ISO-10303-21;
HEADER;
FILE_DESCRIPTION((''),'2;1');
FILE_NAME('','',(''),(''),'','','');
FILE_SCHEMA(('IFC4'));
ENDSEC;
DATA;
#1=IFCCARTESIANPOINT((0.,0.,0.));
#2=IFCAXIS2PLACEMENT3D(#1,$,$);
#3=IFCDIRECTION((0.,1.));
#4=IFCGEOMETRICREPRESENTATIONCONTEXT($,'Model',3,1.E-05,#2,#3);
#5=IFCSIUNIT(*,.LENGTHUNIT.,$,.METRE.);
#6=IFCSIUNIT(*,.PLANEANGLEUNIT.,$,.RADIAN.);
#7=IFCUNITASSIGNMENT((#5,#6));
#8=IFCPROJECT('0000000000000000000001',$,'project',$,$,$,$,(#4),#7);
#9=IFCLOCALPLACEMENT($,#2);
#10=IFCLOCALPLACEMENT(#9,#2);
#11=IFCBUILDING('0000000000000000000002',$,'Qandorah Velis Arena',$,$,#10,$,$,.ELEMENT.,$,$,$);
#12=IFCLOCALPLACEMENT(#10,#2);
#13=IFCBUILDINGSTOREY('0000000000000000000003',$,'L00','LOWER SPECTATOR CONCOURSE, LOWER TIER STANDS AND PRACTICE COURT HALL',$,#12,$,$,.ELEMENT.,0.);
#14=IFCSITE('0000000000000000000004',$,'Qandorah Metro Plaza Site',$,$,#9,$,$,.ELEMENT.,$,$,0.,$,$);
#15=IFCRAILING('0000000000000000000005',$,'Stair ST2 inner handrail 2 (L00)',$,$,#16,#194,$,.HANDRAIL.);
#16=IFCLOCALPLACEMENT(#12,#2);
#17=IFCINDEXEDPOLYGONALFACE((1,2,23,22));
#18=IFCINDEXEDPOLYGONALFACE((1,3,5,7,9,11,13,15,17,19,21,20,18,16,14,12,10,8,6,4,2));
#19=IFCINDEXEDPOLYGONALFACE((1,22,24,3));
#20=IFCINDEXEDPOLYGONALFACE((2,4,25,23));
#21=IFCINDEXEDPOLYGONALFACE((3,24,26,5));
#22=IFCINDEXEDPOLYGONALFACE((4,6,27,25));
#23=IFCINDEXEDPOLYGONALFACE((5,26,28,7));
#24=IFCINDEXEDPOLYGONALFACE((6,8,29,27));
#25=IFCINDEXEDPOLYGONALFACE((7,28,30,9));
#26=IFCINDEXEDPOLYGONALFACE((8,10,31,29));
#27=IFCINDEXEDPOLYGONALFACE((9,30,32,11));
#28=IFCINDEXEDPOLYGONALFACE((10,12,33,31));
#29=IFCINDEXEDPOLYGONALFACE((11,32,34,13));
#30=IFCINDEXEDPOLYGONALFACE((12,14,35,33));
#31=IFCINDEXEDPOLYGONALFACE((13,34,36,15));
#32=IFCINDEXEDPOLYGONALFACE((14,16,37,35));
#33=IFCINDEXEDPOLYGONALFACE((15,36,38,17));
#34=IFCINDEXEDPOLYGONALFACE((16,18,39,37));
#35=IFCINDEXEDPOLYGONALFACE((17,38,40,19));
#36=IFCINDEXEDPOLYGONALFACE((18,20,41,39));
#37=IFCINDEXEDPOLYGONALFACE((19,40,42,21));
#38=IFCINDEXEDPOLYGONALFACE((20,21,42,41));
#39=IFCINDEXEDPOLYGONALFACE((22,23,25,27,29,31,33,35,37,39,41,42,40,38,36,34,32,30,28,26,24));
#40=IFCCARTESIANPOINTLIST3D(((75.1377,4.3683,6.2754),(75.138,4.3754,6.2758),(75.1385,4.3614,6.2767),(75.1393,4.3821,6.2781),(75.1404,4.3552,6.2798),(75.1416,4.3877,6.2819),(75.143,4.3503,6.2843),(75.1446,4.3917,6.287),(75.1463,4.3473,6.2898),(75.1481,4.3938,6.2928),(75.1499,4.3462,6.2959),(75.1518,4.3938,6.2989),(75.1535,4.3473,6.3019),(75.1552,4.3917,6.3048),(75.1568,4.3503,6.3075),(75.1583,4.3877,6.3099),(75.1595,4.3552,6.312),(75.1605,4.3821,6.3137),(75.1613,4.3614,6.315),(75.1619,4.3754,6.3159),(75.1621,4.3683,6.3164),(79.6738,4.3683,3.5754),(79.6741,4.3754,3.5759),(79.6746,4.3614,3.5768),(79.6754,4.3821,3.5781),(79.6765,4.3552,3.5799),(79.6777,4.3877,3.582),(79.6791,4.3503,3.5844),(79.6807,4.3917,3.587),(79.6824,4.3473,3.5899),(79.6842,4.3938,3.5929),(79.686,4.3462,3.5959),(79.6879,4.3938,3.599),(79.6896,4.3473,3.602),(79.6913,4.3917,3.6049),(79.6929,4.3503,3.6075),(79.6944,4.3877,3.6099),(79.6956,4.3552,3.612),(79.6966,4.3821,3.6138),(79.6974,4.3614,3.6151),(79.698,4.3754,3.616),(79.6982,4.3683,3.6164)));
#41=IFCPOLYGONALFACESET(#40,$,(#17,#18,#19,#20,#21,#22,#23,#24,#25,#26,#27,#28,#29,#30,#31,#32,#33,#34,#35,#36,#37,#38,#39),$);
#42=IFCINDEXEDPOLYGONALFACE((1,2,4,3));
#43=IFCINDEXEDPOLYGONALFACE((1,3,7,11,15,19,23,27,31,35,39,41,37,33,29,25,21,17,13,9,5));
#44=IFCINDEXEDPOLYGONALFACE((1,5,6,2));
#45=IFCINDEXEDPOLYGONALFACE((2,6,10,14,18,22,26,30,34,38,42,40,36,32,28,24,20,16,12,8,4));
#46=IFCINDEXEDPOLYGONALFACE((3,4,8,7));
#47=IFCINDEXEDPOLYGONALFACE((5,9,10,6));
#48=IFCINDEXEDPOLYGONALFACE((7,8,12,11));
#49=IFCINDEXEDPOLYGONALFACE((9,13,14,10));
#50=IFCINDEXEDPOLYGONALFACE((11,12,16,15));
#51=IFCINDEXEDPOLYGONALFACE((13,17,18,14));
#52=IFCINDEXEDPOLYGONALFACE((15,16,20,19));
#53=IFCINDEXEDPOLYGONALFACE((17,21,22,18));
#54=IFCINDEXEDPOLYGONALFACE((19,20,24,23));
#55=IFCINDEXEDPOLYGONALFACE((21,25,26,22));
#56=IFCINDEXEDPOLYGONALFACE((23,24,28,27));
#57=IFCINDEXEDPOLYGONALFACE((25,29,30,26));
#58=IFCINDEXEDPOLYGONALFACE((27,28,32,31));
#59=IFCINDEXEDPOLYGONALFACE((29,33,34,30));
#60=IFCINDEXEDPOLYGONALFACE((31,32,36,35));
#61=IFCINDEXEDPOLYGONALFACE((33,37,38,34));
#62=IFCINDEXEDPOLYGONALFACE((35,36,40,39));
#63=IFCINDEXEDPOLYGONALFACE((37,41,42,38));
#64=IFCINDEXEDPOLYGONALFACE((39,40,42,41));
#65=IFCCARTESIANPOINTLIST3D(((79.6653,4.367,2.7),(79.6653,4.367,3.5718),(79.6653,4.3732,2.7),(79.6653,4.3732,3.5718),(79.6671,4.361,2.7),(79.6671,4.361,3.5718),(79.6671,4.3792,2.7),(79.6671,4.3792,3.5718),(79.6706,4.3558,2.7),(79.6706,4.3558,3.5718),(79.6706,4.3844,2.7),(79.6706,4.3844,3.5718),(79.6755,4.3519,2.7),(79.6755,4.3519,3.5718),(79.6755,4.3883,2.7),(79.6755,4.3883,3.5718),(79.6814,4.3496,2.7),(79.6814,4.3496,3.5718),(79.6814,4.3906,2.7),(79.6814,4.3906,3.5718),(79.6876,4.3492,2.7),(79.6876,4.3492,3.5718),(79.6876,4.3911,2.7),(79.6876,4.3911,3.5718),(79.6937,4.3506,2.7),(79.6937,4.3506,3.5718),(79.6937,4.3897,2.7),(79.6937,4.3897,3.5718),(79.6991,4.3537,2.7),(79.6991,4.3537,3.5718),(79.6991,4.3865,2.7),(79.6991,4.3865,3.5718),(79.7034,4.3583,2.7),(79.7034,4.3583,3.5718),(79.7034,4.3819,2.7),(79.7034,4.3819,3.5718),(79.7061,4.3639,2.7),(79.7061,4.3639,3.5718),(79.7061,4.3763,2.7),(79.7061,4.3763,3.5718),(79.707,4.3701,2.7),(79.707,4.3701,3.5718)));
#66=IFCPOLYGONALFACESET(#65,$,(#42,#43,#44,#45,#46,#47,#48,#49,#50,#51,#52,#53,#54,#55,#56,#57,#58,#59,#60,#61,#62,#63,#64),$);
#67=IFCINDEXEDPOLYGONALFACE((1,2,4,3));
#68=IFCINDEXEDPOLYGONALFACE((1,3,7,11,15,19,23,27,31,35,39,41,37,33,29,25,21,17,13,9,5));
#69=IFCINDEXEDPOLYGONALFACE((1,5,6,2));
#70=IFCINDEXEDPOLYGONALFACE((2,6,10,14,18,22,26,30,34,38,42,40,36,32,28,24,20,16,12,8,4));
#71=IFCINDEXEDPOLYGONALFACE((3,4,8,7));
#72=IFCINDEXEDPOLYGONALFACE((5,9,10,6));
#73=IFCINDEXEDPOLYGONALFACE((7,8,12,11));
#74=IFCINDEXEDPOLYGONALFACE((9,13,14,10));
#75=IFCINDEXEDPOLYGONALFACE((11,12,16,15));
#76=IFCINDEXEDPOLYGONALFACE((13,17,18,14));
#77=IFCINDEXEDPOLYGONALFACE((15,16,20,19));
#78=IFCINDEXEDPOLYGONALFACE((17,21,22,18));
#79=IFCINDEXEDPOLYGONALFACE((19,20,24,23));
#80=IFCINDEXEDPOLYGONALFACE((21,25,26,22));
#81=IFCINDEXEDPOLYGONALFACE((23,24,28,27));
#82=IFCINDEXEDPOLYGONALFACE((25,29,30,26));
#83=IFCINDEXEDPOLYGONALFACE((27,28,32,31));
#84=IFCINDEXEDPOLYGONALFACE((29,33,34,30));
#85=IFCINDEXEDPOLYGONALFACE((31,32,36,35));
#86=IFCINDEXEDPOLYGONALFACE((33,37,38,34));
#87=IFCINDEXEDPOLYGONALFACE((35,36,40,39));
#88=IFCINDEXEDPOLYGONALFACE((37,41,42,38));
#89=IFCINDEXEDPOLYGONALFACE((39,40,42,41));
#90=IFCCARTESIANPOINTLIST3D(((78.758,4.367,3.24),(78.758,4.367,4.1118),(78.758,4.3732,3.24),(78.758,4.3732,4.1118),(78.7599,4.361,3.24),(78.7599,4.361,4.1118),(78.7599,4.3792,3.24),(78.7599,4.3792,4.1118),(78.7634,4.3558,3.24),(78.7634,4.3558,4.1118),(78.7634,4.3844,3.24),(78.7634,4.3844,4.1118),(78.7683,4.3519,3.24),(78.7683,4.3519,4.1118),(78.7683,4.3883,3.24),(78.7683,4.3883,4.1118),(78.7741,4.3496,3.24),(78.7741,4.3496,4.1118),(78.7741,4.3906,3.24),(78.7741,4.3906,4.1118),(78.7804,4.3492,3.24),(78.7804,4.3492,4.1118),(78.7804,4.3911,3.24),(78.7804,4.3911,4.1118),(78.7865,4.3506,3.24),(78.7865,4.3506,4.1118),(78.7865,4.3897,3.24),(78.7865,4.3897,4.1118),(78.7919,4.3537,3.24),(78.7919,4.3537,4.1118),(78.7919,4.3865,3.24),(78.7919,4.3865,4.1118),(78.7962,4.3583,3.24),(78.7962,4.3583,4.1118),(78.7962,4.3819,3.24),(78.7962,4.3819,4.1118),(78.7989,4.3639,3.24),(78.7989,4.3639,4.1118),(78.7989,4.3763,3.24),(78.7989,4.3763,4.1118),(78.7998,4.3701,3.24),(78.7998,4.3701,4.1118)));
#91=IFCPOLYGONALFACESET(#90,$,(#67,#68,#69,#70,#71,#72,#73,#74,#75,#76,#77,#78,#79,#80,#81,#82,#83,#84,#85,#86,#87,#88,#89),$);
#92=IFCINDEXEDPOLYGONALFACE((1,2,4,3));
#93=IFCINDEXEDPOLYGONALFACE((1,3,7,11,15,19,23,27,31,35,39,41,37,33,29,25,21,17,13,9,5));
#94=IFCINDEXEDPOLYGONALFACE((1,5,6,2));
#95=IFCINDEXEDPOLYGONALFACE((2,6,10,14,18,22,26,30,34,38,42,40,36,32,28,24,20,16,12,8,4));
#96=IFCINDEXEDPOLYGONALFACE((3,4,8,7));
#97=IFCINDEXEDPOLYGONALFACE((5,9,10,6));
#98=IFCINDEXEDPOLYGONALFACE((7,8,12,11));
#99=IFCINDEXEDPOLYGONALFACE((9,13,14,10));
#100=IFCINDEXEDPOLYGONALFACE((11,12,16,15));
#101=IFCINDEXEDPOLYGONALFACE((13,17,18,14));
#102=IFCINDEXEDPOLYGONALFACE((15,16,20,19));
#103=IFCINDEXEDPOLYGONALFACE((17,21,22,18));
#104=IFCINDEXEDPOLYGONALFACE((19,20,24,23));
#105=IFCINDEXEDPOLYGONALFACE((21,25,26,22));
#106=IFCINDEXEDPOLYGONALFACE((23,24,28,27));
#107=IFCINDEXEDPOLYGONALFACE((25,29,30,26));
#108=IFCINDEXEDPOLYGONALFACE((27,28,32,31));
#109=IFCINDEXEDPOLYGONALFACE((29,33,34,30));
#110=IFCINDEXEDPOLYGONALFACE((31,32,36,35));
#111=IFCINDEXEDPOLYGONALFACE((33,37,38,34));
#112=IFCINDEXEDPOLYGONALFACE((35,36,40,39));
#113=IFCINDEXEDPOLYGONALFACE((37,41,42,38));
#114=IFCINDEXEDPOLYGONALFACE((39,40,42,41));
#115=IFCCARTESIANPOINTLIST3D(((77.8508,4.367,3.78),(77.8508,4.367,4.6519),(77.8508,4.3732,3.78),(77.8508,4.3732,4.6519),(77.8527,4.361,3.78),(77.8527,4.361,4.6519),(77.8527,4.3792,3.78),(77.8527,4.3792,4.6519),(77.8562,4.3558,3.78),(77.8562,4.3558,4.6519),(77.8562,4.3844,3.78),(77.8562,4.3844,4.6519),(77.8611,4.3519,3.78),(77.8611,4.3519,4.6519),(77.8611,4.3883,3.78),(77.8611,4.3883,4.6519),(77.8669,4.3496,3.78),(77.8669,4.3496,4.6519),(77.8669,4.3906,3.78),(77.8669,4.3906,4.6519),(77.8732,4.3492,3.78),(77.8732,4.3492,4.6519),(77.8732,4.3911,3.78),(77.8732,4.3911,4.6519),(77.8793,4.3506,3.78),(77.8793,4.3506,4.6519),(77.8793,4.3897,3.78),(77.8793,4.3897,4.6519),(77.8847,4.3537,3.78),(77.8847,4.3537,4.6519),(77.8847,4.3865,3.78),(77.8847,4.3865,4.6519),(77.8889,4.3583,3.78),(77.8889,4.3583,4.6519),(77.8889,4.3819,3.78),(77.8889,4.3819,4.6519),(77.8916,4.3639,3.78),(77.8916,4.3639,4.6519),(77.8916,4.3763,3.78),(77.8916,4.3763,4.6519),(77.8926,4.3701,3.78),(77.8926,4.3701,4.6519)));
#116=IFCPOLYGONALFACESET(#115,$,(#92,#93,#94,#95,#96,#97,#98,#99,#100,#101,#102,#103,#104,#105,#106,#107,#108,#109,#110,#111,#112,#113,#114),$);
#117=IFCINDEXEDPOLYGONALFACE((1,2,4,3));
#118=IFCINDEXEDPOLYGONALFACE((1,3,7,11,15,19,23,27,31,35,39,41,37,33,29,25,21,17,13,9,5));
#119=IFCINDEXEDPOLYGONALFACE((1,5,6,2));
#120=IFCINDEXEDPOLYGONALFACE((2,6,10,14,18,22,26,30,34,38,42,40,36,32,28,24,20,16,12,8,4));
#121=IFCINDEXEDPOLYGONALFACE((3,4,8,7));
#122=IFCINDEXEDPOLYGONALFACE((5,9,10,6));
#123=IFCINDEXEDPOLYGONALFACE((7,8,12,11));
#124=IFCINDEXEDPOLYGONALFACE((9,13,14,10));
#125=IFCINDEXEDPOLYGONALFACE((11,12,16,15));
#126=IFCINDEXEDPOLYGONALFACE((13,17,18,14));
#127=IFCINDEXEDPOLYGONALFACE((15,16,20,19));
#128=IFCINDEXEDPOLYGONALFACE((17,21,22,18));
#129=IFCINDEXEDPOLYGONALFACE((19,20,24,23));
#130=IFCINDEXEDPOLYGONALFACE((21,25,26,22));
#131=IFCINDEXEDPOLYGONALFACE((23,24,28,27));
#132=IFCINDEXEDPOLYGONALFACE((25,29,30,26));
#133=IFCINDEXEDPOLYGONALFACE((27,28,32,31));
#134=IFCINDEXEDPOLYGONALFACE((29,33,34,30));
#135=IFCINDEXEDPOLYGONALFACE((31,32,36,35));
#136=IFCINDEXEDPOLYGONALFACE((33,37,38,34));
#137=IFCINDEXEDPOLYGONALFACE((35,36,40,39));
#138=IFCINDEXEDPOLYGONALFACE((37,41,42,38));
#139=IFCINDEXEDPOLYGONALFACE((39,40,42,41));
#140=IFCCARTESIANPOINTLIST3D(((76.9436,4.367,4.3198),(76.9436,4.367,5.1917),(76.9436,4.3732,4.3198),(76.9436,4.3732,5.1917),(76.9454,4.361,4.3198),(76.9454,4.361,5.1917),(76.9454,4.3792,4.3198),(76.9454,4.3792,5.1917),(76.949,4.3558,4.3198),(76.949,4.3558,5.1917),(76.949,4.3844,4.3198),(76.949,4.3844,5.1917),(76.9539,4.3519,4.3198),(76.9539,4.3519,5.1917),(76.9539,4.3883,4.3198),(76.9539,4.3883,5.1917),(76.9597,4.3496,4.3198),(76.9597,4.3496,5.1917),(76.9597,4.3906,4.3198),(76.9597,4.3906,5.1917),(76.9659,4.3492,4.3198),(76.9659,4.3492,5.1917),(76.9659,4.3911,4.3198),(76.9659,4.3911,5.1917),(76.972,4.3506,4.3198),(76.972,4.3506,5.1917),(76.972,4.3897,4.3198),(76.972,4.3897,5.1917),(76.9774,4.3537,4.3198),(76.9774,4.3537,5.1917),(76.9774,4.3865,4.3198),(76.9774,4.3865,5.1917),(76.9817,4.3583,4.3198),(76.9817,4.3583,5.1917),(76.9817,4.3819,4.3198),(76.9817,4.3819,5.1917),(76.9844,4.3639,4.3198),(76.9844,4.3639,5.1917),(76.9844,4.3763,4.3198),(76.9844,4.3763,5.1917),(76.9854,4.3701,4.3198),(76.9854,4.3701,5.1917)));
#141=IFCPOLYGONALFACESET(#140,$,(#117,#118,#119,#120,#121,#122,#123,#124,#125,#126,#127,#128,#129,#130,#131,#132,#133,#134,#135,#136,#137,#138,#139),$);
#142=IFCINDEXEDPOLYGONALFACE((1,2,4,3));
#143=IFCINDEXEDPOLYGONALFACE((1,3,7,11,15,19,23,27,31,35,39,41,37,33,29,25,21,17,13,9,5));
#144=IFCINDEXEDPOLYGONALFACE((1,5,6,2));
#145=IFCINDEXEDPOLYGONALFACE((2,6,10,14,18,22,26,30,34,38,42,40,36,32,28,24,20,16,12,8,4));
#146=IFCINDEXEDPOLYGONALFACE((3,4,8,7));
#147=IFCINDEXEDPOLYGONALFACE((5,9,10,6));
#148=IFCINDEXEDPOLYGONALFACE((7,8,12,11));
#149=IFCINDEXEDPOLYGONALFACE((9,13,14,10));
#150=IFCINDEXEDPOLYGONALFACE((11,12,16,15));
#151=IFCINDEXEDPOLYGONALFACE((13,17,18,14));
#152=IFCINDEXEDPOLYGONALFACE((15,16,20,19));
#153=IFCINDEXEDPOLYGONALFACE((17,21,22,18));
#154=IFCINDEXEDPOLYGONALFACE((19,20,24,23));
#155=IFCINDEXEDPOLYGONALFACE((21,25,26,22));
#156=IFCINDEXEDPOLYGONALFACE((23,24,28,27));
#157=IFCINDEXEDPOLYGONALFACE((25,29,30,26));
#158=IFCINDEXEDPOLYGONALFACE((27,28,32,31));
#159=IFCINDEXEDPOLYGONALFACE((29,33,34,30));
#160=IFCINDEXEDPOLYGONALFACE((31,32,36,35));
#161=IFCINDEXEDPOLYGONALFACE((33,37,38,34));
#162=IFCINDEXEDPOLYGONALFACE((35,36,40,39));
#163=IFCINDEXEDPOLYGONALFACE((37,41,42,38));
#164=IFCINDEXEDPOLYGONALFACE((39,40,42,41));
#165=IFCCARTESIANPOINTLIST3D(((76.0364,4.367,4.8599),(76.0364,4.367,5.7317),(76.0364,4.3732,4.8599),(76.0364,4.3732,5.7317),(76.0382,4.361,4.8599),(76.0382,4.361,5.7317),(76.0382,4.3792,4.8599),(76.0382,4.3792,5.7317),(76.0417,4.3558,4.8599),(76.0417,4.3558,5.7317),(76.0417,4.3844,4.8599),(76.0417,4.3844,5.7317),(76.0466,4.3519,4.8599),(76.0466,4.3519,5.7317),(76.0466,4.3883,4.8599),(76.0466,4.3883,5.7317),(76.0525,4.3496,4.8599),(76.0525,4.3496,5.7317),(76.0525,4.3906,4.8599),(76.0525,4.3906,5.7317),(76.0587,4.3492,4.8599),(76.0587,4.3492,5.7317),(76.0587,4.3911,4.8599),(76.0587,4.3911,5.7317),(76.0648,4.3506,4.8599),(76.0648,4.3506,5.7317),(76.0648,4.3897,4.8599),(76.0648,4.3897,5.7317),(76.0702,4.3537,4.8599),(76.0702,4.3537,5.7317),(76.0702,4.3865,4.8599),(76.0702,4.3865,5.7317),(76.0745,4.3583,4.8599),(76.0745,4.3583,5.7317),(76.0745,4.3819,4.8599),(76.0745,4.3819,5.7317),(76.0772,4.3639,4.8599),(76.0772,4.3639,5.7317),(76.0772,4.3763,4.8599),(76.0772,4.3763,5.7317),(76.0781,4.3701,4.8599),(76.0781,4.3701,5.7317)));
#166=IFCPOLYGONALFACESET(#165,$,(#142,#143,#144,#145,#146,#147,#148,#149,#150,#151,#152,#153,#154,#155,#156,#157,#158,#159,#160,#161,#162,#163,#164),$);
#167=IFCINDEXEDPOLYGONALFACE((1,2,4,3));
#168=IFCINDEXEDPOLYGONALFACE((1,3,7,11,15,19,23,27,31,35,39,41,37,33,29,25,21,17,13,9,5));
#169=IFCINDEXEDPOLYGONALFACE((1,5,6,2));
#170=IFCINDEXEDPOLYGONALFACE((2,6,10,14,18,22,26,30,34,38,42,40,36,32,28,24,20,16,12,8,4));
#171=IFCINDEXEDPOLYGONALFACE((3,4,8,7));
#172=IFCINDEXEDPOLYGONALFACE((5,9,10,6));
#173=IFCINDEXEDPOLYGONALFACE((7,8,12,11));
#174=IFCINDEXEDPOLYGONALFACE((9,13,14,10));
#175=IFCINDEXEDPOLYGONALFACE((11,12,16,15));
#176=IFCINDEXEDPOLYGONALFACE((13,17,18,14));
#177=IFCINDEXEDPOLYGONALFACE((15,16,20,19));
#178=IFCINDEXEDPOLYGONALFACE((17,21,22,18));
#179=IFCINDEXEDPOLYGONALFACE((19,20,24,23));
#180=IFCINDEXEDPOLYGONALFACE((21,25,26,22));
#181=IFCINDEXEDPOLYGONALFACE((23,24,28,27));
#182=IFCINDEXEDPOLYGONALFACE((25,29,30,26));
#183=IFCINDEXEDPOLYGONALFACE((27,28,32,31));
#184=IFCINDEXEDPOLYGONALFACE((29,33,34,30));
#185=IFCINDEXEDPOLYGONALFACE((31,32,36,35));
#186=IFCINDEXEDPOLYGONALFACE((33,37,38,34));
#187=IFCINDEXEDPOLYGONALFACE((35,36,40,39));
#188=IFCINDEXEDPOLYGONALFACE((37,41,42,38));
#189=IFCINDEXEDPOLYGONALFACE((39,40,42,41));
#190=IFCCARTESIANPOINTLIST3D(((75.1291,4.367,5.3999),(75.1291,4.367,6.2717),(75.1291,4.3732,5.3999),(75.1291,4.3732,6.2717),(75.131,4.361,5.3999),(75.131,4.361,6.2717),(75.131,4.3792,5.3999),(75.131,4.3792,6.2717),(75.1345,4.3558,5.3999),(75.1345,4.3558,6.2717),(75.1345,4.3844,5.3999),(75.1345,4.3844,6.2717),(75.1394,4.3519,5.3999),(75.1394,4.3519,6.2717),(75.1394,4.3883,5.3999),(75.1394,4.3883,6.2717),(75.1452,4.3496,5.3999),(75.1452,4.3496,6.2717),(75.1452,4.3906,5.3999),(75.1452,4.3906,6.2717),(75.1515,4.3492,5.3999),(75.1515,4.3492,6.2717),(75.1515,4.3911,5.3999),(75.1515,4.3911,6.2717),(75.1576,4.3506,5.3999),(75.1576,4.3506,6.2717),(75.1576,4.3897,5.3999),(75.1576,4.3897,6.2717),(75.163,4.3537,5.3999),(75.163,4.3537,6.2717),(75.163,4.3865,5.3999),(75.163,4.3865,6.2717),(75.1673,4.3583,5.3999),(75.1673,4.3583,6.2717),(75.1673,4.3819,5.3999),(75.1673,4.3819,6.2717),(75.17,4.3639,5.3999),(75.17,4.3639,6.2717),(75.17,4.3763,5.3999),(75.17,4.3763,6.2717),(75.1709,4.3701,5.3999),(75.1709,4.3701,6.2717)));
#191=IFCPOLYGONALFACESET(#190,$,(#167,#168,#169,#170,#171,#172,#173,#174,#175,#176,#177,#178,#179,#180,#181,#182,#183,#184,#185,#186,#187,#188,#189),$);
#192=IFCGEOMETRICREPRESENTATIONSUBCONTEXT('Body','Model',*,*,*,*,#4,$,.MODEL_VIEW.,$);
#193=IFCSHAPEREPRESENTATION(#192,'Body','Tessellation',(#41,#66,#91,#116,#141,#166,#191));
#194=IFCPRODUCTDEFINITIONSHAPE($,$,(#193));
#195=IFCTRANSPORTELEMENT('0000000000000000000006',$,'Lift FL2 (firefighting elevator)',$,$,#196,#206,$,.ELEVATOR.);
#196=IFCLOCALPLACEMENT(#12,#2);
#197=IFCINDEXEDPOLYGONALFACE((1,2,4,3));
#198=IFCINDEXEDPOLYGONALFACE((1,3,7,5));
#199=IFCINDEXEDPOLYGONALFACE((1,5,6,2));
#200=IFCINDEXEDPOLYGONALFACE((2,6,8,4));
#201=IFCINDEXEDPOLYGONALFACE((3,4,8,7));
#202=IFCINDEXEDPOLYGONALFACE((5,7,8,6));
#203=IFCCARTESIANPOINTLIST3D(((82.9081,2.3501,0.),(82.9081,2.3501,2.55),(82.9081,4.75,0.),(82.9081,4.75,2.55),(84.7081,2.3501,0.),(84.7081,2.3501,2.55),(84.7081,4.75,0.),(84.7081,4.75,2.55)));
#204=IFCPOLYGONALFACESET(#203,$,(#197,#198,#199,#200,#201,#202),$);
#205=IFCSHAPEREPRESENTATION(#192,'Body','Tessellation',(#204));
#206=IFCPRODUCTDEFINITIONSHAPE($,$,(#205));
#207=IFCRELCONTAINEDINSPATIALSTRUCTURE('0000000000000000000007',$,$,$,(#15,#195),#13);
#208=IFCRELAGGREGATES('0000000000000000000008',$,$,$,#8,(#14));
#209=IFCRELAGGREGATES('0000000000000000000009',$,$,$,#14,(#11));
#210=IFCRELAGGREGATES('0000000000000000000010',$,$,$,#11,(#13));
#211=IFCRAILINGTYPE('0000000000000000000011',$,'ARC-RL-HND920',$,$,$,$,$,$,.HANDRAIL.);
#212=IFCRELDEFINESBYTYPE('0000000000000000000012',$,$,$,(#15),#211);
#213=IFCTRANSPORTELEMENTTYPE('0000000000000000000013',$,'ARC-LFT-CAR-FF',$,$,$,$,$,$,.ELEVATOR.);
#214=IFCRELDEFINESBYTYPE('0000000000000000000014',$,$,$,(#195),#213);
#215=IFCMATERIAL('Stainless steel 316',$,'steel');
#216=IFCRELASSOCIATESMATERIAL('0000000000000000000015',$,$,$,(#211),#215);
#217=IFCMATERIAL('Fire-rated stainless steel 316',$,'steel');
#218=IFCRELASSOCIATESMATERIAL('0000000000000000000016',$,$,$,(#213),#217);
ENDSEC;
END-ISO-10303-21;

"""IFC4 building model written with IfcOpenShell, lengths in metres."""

from ifc_helpers import new_model, si_unit, direction, frame, origin, origin_2d, place, context, subcontext, project, spatial, rectangle, circle, extrude, material, type_object, element, save


model = new_model("IFC4")

# Units and contexts
model_context = context("Model", 3, precision=1e-05, world=origin(), true_north=direction((0.0, 1.0)))
body_context = subcontext(model_context, "Body", "Model", "MODEL_VIEW")
ifc_project = project(units=[si_unit("LENGTHUNIT", "METRE"), si_unit("PLANEANGLEUNIT", "RADIAN")], contexts=[model_context])

# Site, building, storey
site_placement = place(None, origin())
site = spatial("IfcSite", under=ifc_project, at=site_placement, Name="Qandorah Metro Plaza Site", CompositionType="ELEMENT", RefElevation=0.0)
building_placement = place(site_placement, origin())
building = spatial("IfcBuilding", under=site, at=building_placement, Name="Qandorah Velis Arena", CompositionType="ELEMENT")
storey_placement = place(building_placement, origin())
storey = spatial("IfcBuildingStorey", under=building, at=storey_placement, Name="L00", Description="LOWER SPECTATOR CONCOURSE, LOWER TIER STANDS AND PRACTICE COURT HALL", CompositionType="ELEMENT", Elevation=0.0)

# Railing
ifc_material_1 = material(Name="Stainless steel 316", Category="steel")
railing_type_1 = type_object("IfcRailingType", Name="ARC-RL-HND920", PredefinedType="HANDRAIL", material=ifc_material_1)
railing_1_placement = place(storey_placement, frame((79.686, 4.3701, 2.7)))
element("IfcRailing", 1, at=railing_1_placement, inside=storey, type_object=railing_type_1, Name="Stair ST2 inner handrail 2 (L00)", PredefinedType="HANDRAIL", context=body_context, shape_type="SweptSolid", body=[
    extrude(circle(Radius=0.0239, at=origin_2d()), frame((0.0, 0.0, 0.896), z_axis=(-0.859304, 0.0, 0.511466), x_axis=(0.0, -1.0, 0.0)), (0.0, 0.0, 1.0), 5.2788),
    extrude(circle(Radius=0.021, at=origin_2d()), origin(), (0.0, 0.0, 1.0), 0.8718),
    extrude(circle(Radius=0.021, at=origin_2d()), frame((-0.9072, 0.0, 0.54)), (0.0, 0.0, 1.0), 0.8718),
    extrude(circle(Radius=0.021, at=origin_2d()), frame((-1.8145, 0.0, 1.0801)), (0.0, 0.0, 1.0), 0.8718),
    extrude(circle(Radius=0.021, at=origin_2d()), frame((-2.7217, 0.0, 1.6199)), (0.0, 0.0, 1.0), 0.8718),
    extrude(circle(Radius=0.021, at=origin_2d()), frame((-3.6289, 0.0, 2.1599)), (0.0, 0.0, 1.0), 0.8718),
    extrude(circle(Radius=0.021, at=origin_2d()), frame((-4.5361, 0.0, 2.7)), (0.0, 0.0, 1.0), 0.8718),
])

# Transport element
ifc_material_2 = material(Name="Fire-rated stainless steel 316", Category="steel")
transport_element_type = type_object("IfcTransportElementType", Name="ARC-LFT-CAR-FF", PredefinedType="ELEVATOR", material=ifc_material_2)
transport_element_placement = place(storey_placement, frame((83.8081, 3.55, 0.0), z_axis=(0.0, 0.0, 1.0), x_axis=(1.0, 0.0, 0.0)))
element("IfcTransportElement", 2, at=transport_element_placement, inside=storey, type_object=transport_element_type, Name="Lift FL2 (firefighting elevator)", PredefinedType="ELEVATOR", context=body_context, shape_type="SweptSolid", body=[
    extrude(rectangle(XDim=1.8, YDim=2.3999, at=origin_2d()), origin(), (0.0, 0.0, 1.0), 2.55),
])

save(model, "model.ifc")
